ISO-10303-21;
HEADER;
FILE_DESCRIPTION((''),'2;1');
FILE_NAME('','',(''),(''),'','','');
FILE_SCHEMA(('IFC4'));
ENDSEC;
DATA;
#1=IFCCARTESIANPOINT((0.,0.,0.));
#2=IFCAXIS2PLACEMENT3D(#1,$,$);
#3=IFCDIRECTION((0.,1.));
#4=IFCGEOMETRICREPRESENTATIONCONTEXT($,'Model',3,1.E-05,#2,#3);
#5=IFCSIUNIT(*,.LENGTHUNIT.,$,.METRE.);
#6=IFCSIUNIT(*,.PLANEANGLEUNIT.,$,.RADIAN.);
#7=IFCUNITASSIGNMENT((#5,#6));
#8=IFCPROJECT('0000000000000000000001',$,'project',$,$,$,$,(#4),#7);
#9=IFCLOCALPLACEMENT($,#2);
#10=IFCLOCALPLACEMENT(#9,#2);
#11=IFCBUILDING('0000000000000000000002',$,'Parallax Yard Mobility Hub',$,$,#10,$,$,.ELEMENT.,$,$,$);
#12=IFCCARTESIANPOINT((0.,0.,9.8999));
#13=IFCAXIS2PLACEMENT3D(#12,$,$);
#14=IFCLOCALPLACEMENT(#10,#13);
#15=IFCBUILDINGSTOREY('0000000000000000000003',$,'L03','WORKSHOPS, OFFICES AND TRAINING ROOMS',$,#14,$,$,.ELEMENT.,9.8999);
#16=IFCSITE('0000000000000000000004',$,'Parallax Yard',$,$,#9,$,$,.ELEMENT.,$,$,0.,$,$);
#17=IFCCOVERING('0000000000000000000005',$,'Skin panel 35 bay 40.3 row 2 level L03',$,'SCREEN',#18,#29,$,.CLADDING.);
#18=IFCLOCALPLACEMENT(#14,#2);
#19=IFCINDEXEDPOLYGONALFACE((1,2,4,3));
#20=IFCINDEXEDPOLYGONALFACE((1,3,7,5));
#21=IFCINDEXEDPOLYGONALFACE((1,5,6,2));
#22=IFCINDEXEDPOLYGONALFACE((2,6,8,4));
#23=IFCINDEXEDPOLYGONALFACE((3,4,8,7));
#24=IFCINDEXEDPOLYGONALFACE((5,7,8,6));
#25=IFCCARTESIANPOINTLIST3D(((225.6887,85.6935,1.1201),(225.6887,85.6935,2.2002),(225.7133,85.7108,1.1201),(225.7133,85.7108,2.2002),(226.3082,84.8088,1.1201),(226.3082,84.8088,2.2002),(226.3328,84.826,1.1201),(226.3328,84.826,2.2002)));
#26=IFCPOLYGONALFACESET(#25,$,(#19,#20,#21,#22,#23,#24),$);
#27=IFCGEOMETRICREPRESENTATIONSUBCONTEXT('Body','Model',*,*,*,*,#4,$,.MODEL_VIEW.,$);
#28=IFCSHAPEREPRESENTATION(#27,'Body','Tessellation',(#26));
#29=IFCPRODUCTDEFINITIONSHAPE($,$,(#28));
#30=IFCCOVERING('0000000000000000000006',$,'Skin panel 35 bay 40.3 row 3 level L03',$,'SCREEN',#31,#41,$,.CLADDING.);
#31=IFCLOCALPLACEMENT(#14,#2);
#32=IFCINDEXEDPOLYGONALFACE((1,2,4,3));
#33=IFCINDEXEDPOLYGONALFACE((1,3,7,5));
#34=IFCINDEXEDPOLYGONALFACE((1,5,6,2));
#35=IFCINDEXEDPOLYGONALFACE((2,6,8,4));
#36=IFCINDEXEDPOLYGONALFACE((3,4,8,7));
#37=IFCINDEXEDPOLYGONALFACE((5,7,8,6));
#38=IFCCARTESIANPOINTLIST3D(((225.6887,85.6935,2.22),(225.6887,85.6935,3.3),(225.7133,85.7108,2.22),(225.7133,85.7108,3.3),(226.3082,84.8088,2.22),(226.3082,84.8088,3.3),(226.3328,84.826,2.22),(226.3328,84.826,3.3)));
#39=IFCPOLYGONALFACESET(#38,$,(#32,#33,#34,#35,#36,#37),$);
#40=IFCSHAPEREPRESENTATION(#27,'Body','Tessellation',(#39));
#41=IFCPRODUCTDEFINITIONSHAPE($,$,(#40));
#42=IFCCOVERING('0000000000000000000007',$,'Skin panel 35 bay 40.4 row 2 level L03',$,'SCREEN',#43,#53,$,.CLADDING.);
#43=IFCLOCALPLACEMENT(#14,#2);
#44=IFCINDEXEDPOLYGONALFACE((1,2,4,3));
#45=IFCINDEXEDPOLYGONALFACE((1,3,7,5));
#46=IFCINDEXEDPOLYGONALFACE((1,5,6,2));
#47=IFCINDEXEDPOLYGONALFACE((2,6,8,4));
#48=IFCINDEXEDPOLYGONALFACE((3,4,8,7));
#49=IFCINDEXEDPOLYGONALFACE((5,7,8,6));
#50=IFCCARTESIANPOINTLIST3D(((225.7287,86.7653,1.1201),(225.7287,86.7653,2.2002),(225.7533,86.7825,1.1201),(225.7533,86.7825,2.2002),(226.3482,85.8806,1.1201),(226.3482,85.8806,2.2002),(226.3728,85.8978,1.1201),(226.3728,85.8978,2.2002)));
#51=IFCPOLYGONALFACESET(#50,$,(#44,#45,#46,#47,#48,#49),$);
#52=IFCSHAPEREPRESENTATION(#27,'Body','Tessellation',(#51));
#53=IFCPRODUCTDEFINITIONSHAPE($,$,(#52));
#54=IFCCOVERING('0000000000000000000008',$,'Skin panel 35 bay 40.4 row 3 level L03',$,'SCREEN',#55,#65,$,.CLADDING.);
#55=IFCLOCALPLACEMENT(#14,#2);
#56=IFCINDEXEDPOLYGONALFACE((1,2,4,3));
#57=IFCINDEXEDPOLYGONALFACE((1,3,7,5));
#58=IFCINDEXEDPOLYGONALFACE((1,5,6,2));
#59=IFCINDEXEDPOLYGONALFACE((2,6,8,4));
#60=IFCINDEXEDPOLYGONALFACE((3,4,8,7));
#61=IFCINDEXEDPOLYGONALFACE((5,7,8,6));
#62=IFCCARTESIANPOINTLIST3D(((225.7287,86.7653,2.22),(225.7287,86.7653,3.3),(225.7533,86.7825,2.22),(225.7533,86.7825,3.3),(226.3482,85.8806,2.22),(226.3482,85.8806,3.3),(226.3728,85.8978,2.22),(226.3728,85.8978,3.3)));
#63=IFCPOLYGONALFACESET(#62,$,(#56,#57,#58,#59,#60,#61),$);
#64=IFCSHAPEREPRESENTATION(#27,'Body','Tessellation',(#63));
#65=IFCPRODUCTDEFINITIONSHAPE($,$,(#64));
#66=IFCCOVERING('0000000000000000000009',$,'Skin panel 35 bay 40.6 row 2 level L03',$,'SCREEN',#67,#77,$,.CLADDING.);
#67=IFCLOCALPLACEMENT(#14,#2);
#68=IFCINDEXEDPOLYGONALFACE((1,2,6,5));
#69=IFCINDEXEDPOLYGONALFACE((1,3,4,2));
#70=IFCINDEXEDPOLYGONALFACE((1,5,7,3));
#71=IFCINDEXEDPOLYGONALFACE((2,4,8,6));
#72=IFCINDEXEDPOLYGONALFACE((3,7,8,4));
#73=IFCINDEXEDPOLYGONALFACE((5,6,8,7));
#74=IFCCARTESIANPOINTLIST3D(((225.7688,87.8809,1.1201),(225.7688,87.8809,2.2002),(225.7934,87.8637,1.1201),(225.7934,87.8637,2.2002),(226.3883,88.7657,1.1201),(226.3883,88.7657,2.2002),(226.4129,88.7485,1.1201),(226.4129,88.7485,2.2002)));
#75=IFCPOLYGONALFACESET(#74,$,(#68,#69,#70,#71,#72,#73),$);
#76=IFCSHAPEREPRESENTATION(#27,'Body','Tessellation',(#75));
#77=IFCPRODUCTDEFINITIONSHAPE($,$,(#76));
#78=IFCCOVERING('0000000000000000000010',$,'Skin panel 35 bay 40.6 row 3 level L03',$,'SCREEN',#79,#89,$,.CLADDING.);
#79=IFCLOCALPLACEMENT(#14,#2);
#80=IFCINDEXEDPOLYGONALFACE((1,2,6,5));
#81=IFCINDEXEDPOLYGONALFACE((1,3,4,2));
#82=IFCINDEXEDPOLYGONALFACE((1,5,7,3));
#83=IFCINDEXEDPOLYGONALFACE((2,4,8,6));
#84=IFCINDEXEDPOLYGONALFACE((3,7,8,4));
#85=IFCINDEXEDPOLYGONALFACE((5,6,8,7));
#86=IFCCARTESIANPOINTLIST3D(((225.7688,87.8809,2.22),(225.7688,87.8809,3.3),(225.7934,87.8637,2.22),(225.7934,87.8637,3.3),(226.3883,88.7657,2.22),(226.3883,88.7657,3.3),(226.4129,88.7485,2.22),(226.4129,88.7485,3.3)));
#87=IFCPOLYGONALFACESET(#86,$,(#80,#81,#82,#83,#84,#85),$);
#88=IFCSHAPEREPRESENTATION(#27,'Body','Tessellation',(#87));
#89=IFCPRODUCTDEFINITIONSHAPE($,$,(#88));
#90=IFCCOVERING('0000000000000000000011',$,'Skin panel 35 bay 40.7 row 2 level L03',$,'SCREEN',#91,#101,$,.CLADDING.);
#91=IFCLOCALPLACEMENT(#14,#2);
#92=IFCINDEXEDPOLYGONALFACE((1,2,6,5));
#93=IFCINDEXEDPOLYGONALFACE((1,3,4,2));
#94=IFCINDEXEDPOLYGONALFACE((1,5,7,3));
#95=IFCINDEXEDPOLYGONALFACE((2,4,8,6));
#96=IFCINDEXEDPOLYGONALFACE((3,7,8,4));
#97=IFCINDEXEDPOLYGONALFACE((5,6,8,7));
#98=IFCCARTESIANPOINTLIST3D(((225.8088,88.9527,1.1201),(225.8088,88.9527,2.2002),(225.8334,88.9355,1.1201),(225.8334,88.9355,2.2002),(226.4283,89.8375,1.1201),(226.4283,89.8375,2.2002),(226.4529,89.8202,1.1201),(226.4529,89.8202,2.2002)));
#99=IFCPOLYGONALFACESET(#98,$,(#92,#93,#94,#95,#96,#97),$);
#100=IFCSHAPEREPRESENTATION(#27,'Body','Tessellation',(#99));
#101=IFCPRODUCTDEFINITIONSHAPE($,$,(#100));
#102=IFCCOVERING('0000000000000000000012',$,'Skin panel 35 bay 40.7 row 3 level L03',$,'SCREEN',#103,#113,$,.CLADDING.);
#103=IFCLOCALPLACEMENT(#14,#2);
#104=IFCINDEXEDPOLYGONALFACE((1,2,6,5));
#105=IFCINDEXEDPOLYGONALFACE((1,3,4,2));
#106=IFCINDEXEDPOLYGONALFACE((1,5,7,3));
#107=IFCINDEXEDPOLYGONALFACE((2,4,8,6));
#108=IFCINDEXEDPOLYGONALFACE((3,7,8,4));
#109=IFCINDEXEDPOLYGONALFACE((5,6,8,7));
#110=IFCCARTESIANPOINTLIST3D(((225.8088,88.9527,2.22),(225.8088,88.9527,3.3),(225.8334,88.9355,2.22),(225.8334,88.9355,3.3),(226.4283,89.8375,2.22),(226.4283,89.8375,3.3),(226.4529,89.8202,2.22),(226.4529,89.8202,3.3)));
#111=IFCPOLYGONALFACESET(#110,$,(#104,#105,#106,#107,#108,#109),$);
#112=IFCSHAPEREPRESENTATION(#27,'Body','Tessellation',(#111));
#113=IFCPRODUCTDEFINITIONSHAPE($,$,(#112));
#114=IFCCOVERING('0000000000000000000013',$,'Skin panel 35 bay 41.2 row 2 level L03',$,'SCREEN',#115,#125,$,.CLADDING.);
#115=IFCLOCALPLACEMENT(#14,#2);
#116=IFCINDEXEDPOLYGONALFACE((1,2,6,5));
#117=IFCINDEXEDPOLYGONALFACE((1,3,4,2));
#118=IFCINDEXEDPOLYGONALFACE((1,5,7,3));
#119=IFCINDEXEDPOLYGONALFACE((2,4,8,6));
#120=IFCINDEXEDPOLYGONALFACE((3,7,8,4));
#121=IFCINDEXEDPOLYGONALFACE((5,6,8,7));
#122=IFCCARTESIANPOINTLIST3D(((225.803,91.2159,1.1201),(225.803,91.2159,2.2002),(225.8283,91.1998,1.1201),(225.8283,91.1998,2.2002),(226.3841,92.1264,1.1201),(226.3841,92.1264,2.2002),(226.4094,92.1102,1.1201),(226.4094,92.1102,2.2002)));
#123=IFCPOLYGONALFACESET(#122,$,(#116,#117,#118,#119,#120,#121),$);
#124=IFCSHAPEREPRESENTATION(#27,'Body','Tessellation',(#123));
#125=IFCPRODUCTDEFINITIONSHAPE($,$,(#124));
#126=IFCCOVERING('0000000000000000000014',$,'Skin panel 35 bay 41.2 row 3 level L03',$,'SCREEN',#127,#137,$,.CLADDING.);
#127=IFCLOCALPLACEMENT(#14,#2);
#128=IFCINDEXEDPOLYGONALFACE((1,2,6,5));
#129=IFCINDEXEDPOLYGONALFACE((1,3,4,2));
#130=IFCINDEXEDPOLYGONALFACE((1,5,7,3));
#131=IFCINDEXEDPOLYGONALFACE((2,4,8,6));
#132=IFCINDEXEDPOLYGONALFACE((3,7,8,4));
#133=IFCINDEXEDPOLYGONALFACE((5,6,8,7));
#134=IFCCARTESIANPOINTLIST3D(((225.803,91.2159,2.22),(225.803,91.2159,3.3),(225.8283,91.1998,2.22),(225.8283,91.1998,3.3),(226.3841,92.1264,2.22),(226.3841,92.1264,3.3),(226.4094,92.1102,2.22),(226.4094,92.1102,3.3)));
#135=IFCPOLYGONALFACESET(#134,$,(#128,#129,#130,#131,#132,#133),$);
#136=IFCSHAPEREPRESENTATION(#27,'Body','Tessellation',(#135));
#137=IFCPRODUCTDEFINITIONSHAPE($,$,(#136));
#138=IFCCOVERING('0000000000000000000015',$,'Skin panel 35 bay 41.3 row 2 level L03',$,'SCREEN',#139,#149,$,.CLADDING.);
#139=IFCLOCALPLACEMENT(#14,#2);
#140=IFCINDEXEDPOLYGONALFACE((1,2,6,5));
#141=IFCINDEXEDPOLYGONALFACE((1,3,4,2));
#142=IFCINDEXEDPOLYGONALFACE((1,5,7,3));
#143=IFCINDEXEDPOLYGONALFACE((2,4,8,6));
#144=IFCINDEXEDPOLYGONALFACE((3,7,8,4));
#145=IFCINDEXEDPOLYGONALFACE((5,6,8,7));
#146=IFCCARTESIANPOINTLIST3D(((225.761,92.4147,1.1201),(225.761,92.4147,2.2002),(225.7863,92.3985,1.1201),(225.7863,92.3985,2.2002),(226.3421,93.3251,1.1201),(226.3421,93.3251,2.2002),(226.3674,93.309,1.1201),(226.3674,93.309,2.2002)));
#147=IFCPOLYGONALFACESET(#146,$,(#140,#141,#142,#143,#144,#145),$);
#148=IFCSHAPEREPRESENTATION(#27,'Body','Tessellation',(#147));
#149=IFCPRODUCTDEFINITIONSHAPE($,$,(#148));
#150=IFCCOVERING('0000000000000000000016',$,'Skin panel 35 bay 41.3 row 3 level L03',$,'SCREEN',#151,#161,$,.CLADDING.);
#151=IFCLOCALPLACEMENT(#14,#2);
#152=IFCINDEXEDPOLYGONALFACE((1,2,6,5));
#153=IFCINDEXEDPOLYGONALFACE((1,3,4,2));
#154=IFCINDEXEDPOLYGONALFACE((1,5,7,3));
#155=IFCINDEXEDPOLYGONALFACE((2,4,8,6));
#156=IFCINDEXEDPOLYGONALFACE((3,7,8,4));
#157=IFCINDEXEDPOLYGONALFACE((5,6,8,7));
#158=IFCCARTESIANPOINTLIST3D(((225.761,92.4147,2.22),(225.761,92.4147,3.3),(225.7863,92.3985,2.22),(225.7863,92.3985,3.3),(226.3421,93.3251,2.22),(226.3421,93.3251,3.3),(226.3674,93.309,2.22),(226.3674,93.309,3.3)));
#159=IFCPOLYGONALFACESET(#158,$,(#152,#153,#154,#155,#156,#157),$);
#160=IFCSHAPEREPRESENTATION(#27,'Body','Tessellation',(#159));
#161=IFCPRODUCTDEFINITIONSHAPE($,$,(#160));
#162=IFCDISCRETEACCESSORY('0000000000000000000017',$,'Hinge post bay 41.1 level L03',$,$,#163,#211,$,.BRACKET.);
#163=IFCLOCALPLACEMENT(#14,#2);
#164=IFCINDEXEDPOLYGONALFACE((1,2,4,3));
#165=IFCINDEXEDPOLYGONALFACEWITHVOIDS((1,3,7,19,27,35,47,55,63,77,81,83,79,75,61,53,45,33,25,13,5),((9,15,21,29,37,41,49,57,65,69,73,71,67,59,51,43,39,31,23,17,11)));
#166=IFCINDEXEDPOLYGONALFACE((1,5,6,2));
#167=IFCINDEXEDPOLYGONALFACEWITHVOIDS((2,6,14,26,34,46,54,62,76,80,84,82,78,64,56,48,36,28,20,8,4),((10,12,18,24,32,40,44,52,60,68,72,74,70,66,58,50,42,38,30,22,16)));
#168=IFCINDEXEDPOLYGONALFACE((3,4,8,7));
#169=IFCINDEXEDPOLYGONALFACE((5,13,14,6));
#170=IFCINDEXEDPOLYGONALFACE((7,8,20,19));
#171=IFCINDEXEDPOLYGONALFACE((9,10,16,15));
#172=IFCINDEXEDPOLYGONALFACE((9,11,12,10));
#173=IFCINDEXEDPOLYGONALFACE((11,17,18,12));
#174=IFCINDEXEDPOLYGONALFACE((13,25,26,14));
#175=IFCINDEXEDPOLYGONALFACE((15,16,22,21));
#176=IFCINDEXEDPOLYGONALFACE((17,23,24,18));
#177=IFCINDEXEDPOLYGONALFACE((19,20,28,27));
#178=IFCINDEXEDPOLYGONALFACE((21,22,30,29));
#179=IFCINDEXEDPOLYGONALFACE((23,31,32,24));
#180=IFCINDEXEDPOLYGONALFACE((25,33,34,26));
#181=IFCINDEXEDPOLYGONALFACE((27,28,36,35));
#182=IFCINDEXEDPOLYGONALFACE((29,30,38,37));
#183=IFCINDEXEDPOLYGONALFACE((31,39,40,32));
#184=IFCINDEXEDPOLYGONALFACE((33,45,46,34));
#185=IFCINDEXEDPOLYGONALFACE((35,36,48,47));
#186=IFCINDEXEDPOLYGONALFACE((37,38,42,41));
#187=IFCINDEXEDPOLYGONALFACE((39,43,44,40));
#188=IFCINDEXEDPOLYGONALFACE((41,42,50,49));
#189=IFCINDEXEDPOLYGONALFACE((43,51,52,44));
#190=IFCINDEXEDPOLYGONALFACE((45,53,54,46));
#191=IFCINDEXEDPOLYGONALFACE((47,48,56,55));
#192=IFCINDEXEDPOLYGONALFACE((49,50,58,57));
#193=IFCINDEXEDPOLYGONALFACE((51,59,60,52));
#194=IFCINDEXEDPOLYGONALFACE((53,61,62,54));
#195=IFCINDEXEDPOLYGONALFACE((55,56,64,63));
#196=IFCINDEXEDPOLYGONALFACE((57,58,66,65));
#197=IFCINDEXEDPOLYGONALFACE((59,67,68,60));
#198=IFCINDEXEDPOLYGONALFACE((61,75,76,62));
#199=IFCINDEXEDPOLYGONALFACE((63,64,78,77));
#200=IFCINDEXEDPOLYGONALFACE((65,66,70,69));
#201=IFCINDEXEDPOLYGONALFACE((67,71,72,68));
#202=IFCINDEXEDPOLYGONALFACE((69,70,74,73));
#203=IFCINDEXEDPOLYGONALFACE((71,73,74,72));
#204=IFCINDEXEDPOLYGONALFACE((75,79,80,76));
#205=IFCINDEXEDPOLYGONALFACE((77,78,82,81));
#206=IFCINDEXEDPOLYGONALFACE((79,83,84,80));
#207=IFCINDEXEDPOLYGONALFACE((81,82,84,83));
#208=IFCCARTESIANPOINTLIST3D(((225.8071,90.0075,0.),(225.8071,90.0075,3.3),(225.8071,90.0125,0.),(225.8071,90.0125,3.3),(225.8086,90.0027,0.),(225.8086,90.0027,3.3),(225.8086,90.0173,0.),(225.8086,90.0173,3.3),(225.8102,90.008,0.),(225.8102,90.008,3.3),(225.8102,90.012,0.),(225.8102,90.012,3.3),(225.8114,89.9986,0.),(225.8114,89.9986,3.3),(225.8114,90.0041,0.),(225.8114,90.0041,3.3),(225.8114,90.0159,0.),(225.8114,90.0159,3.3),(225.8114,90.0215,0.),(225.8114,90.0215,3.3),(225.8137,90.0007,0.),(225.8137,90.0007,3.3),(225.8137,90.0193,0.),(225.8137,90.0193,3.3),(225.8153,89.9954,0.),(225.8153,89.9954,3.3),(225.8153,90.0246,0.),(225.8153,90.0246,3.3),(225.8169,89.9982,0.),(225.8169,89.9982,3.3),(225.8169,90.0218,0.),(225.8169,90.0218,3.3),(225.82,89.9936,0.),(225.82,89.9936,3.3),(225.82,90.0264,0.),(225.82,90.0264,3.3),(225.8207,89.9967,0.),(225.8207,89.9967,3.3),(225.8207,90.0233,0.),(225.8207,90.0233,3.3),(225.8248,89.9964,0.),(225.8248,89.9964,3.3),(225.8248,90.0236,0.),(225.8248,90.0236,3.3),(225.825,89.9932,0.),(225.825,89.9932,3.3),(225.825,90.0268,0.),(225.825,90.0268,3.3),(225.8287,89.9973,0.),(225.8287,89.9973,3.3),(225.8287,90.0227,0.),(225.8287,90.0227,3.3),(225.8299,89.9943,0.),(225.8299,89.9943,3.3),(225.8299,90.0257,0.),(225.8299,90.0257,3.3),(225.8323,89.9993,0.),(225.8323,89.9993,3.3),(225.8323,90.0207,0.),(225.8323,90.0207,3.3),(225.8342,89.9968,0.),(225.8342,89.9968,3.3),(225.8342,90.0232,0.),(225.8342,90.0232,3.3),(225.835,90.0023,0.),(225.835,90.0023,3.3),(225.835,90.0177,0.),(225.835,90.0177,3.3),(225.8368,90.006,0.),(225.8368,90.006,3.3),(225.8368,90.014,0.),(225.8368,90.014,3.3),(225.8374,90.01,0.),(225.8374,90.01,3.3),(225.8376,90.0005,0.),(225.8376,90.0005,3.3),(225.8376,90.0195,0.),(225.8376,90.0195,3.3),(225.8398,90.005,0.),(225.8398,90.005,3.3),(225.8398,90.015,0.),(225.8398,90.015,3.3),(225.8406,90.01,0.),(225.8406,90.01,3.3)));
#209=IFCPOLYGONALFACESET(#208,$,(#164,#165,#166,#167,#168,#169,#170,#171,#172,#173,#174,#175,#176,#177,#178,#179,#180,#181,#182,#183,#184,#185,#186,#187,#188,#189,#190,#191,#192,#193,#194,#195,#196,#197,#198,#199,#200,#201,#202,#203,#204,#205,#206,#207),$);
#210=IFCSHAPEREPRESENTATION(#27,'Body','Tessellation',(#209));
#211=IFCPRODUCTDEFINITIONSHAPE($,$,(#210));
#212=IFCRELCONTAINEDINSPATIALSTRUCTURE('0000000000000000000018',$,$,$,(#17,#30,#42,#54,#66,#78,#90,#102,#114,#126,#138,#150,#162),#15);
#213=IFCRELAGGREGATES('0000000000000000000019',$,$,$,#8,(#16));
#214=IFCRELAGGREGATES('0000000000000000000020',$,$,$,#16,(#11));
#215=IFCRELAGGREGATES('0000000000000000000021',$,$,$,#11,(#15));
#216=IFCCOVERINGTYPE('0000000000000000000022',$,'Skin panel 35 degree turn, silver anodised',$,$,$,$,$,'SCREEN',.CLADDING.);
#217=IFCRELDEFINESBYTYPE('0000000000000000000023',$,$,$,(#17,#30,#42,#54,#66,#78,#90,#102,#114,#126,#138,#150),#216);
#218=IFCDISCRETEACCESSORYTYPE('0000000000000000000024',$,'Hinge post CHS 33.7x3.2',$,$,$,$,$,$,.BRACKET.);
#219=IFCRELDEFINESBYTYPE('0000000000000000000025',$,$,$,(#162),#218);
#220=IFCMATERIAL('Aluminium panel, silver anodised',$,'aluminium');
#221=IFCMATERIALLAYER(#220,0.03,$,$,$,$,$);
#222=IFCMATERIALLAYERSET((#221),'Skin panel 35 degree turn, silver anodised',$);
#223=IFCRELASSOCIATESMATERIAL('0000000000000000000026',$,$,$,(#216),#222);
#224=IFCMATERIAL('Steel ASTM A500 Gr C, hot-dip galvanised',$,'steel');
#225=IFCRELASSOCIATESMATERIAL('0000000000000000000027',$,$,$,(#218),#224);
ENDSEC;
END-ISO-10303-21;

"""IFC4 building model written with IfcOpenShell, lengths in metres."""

from ifc_helpers import new_model, si_unit, direction, frame, origin, origin_2d, place, context, subcontext, project, spatial, rectangle, hollow_circle, extrude, material, layer, layer_set, material_profile, profile_set, type_object, element, save


model = new_model("IFC4")

# Units and contexts
model_context = context("Model", 3, precision=1e-05, world=origin(), true_north=direction((0.0, 1.0)))
body_context = subcontext(model_context, "Body", "Model", "MODEL_VIEW")
ifc_project = project(units=[si_unit("LENGTHUNIT", "METRE"), si_unit("PLANEANGLEUNIT", "RADIAN")], contexts=[model_context])

# Site, building, storey
site_placement = place(None, origin())
site = spatial("IfcSite", under=ifc_project, at=site_placement, Name="Parallax Yard", CompositionType="ELEMENT", RefElevation=0.0)
building_placement = place(site_placement, origin())
building = spatial("IfcBuilding", under=site, at=building_placement, Name="Parallax Yard Mobility Hub", CompositionType="ELEMENT")
storey_placement = place(building_placement, frame((0.0, 0.0, 9.8999)))
storey = spatial("IfcBuildingStorey", under=building, at=storey_placement, Name="L03", Description="WORKSHOPS, OFFICES AND TRAINING ROOMS", CompositionType="ELEMENT", Elevation=9.8999)

# Coverings
ifc_material_1 = material(Name="Aluminium panel, silver anodised", Category="aluminium")
ifc_layer_1 = layer(ifc_material_1, 0.03)
ifc_layer_set_1 = layer_set([ifc_layer_1], Name="Skin panel 35 degree turn, silver anodised")
covering_type_1 = type_object("IfcCoveringType", Name="Skin panel 35 degree turn, silver anodised", ElementType="SCREEN", PredefinedType="CLADDING", material=ifc_layer_set_1)
for number, where, z_axis, x_axis, name in (
    (1, (226.0107, 85.2598, 1.1201), (0.0, 0.0, 1.0), (0.573576, -0.819152, 0.0), "Skin panel 35 bay 40.3 row 2 level L03"),
    (2, (226.0107, 85.2598, 2.22), (0.0, 0.0, 1.0), (0.573576, -0.819152, 0.0), "Skin panel 35 bay 40.3 row 3 level L03"),
    (3, (226.0508, 86.3315, 1.1201), (0.0, 0.0, 1.0), (0.573576, -0.819152, 0.0), "Skin panel 35 bay 40.4 row 2 level L03"),
    (4, (226.0508, 86.3315, 2.22), (0.0, 0.0, 1.0), (0.573576, -0.819152, 0.0), "Skin panel 35 bay 40.4 row 3 level L03"),
    (5, (226.0908, 88.3147, 1.1201), (0.0, 0.0, 1.0), (0.573576, 0.819152, 0.0), "Skin panel 35 bay 40.6 row 2 level L03"),
    (6, (226.0908, 88.3147, 2.22), (0.0, 0.0, 1.0), (0.573576, 0.819152, 0.0), "Skin panel 35 bay 40.6 row 3 level L03"),
    (7, (226.1309, 89.3865, 1.1201), (0.0, 0.0, 1.0), (0.573576, 0.819152, 0.0), "Skin panel 35 bay 40.7 row 2 level L03"),
    (8, (226.1309, 89.3865, 2.22), (0.0, 0.0, 1.0), (0.573576, 0.819152, 0.0), "Skin panel 35 bay 40.7 row 3 level L03"),
    (9, (226.1062, 91.6631, 1.1201), (0.0, 0.0, 1.0), (0.537969, 0.842964, 0.0), "Skin panel 35 bay 41.2 row 2 level L03"),
    (10, (226.1062, 91.6631, 2.22), (0.0, 0.0, 1.0), (0.537969, 0.842964, 0.0), "Skin panel 35 bay 41.2 row 3 level L03"),
    (11, (226.0642, 92.8618, 1.1201), (0.0, 0.0, 1.0), (0.537969, 0.842964, 0.0), "Skin panel 35 bay 41.3 row 2 level L03"),
    (12, (226.0642, 92.8618, 2.22), (0.0, 0.0, 1.0), (0.537969, 0.842964, 0.0), "Skin panel 35 bay 41.3 row 3 level L03"),
):
    element("IfcCovering", number, at=place(storey_placement, frame(where, z_axis=z_axis, x_axis=x_axis)), inside=storey, type_object=covering_type_1, Name=name, ObjectType="SCREEN", PredefinedType="CLADDING", context=body_context, shape_type="SweptSolid", body=[
        extrude(rectangle(XDim=1.0801, YDim=0.03, at=origin_2d()), origin(), (0.0, 0.0, 1.0), 1.0801),
    ])

# Discrete accessory
ifc_material_2 = material(Name="Steel ASTM A500 Gr C, hot-dip galvanised", Category="steel")
ifc_material_profile = material_profile(ifc_material_2, hollow_circle(Radius=0.0168, WallThickness=0.0032, at=origin_2d()), Name="CHS 33.7x3.2")
ifc_profile_set = profile_set([ifc_material_profile], Name="Steel ASTM A500 Gr C, hot-dip galvanised")
discrete_accessory_type = type_object("IfcDiscreteAccessoryType", Name="Hinge post CHS 33.7x3.2", PredefinedType="BRACKET", material=ifc_profile_set)
discrete_accessory_placement = place(storey_placement, frame((225.8237, 90.01, 0.0), z_axis=(0.0, 0.0, 1.0), x_axis=(1.0, 0.0, 0.0)))
element("IfcDiscreteAccessory", 13, at=discrete_accessory_placement, inside=storey, type_object=discrete_accessory_type, Name="Hinge post bay 41.1 level L03", PredefinedType="BRACKET", context=body_context, shape_type="SweptSolid", body=[
    extrude(hollow_circle(Radius=0.0168, WallThickness=0.0032, at=origin_2d()), origin(), (0.0, 0.0, 1.0), 3.3),
])

save(model, "model.ifc")
